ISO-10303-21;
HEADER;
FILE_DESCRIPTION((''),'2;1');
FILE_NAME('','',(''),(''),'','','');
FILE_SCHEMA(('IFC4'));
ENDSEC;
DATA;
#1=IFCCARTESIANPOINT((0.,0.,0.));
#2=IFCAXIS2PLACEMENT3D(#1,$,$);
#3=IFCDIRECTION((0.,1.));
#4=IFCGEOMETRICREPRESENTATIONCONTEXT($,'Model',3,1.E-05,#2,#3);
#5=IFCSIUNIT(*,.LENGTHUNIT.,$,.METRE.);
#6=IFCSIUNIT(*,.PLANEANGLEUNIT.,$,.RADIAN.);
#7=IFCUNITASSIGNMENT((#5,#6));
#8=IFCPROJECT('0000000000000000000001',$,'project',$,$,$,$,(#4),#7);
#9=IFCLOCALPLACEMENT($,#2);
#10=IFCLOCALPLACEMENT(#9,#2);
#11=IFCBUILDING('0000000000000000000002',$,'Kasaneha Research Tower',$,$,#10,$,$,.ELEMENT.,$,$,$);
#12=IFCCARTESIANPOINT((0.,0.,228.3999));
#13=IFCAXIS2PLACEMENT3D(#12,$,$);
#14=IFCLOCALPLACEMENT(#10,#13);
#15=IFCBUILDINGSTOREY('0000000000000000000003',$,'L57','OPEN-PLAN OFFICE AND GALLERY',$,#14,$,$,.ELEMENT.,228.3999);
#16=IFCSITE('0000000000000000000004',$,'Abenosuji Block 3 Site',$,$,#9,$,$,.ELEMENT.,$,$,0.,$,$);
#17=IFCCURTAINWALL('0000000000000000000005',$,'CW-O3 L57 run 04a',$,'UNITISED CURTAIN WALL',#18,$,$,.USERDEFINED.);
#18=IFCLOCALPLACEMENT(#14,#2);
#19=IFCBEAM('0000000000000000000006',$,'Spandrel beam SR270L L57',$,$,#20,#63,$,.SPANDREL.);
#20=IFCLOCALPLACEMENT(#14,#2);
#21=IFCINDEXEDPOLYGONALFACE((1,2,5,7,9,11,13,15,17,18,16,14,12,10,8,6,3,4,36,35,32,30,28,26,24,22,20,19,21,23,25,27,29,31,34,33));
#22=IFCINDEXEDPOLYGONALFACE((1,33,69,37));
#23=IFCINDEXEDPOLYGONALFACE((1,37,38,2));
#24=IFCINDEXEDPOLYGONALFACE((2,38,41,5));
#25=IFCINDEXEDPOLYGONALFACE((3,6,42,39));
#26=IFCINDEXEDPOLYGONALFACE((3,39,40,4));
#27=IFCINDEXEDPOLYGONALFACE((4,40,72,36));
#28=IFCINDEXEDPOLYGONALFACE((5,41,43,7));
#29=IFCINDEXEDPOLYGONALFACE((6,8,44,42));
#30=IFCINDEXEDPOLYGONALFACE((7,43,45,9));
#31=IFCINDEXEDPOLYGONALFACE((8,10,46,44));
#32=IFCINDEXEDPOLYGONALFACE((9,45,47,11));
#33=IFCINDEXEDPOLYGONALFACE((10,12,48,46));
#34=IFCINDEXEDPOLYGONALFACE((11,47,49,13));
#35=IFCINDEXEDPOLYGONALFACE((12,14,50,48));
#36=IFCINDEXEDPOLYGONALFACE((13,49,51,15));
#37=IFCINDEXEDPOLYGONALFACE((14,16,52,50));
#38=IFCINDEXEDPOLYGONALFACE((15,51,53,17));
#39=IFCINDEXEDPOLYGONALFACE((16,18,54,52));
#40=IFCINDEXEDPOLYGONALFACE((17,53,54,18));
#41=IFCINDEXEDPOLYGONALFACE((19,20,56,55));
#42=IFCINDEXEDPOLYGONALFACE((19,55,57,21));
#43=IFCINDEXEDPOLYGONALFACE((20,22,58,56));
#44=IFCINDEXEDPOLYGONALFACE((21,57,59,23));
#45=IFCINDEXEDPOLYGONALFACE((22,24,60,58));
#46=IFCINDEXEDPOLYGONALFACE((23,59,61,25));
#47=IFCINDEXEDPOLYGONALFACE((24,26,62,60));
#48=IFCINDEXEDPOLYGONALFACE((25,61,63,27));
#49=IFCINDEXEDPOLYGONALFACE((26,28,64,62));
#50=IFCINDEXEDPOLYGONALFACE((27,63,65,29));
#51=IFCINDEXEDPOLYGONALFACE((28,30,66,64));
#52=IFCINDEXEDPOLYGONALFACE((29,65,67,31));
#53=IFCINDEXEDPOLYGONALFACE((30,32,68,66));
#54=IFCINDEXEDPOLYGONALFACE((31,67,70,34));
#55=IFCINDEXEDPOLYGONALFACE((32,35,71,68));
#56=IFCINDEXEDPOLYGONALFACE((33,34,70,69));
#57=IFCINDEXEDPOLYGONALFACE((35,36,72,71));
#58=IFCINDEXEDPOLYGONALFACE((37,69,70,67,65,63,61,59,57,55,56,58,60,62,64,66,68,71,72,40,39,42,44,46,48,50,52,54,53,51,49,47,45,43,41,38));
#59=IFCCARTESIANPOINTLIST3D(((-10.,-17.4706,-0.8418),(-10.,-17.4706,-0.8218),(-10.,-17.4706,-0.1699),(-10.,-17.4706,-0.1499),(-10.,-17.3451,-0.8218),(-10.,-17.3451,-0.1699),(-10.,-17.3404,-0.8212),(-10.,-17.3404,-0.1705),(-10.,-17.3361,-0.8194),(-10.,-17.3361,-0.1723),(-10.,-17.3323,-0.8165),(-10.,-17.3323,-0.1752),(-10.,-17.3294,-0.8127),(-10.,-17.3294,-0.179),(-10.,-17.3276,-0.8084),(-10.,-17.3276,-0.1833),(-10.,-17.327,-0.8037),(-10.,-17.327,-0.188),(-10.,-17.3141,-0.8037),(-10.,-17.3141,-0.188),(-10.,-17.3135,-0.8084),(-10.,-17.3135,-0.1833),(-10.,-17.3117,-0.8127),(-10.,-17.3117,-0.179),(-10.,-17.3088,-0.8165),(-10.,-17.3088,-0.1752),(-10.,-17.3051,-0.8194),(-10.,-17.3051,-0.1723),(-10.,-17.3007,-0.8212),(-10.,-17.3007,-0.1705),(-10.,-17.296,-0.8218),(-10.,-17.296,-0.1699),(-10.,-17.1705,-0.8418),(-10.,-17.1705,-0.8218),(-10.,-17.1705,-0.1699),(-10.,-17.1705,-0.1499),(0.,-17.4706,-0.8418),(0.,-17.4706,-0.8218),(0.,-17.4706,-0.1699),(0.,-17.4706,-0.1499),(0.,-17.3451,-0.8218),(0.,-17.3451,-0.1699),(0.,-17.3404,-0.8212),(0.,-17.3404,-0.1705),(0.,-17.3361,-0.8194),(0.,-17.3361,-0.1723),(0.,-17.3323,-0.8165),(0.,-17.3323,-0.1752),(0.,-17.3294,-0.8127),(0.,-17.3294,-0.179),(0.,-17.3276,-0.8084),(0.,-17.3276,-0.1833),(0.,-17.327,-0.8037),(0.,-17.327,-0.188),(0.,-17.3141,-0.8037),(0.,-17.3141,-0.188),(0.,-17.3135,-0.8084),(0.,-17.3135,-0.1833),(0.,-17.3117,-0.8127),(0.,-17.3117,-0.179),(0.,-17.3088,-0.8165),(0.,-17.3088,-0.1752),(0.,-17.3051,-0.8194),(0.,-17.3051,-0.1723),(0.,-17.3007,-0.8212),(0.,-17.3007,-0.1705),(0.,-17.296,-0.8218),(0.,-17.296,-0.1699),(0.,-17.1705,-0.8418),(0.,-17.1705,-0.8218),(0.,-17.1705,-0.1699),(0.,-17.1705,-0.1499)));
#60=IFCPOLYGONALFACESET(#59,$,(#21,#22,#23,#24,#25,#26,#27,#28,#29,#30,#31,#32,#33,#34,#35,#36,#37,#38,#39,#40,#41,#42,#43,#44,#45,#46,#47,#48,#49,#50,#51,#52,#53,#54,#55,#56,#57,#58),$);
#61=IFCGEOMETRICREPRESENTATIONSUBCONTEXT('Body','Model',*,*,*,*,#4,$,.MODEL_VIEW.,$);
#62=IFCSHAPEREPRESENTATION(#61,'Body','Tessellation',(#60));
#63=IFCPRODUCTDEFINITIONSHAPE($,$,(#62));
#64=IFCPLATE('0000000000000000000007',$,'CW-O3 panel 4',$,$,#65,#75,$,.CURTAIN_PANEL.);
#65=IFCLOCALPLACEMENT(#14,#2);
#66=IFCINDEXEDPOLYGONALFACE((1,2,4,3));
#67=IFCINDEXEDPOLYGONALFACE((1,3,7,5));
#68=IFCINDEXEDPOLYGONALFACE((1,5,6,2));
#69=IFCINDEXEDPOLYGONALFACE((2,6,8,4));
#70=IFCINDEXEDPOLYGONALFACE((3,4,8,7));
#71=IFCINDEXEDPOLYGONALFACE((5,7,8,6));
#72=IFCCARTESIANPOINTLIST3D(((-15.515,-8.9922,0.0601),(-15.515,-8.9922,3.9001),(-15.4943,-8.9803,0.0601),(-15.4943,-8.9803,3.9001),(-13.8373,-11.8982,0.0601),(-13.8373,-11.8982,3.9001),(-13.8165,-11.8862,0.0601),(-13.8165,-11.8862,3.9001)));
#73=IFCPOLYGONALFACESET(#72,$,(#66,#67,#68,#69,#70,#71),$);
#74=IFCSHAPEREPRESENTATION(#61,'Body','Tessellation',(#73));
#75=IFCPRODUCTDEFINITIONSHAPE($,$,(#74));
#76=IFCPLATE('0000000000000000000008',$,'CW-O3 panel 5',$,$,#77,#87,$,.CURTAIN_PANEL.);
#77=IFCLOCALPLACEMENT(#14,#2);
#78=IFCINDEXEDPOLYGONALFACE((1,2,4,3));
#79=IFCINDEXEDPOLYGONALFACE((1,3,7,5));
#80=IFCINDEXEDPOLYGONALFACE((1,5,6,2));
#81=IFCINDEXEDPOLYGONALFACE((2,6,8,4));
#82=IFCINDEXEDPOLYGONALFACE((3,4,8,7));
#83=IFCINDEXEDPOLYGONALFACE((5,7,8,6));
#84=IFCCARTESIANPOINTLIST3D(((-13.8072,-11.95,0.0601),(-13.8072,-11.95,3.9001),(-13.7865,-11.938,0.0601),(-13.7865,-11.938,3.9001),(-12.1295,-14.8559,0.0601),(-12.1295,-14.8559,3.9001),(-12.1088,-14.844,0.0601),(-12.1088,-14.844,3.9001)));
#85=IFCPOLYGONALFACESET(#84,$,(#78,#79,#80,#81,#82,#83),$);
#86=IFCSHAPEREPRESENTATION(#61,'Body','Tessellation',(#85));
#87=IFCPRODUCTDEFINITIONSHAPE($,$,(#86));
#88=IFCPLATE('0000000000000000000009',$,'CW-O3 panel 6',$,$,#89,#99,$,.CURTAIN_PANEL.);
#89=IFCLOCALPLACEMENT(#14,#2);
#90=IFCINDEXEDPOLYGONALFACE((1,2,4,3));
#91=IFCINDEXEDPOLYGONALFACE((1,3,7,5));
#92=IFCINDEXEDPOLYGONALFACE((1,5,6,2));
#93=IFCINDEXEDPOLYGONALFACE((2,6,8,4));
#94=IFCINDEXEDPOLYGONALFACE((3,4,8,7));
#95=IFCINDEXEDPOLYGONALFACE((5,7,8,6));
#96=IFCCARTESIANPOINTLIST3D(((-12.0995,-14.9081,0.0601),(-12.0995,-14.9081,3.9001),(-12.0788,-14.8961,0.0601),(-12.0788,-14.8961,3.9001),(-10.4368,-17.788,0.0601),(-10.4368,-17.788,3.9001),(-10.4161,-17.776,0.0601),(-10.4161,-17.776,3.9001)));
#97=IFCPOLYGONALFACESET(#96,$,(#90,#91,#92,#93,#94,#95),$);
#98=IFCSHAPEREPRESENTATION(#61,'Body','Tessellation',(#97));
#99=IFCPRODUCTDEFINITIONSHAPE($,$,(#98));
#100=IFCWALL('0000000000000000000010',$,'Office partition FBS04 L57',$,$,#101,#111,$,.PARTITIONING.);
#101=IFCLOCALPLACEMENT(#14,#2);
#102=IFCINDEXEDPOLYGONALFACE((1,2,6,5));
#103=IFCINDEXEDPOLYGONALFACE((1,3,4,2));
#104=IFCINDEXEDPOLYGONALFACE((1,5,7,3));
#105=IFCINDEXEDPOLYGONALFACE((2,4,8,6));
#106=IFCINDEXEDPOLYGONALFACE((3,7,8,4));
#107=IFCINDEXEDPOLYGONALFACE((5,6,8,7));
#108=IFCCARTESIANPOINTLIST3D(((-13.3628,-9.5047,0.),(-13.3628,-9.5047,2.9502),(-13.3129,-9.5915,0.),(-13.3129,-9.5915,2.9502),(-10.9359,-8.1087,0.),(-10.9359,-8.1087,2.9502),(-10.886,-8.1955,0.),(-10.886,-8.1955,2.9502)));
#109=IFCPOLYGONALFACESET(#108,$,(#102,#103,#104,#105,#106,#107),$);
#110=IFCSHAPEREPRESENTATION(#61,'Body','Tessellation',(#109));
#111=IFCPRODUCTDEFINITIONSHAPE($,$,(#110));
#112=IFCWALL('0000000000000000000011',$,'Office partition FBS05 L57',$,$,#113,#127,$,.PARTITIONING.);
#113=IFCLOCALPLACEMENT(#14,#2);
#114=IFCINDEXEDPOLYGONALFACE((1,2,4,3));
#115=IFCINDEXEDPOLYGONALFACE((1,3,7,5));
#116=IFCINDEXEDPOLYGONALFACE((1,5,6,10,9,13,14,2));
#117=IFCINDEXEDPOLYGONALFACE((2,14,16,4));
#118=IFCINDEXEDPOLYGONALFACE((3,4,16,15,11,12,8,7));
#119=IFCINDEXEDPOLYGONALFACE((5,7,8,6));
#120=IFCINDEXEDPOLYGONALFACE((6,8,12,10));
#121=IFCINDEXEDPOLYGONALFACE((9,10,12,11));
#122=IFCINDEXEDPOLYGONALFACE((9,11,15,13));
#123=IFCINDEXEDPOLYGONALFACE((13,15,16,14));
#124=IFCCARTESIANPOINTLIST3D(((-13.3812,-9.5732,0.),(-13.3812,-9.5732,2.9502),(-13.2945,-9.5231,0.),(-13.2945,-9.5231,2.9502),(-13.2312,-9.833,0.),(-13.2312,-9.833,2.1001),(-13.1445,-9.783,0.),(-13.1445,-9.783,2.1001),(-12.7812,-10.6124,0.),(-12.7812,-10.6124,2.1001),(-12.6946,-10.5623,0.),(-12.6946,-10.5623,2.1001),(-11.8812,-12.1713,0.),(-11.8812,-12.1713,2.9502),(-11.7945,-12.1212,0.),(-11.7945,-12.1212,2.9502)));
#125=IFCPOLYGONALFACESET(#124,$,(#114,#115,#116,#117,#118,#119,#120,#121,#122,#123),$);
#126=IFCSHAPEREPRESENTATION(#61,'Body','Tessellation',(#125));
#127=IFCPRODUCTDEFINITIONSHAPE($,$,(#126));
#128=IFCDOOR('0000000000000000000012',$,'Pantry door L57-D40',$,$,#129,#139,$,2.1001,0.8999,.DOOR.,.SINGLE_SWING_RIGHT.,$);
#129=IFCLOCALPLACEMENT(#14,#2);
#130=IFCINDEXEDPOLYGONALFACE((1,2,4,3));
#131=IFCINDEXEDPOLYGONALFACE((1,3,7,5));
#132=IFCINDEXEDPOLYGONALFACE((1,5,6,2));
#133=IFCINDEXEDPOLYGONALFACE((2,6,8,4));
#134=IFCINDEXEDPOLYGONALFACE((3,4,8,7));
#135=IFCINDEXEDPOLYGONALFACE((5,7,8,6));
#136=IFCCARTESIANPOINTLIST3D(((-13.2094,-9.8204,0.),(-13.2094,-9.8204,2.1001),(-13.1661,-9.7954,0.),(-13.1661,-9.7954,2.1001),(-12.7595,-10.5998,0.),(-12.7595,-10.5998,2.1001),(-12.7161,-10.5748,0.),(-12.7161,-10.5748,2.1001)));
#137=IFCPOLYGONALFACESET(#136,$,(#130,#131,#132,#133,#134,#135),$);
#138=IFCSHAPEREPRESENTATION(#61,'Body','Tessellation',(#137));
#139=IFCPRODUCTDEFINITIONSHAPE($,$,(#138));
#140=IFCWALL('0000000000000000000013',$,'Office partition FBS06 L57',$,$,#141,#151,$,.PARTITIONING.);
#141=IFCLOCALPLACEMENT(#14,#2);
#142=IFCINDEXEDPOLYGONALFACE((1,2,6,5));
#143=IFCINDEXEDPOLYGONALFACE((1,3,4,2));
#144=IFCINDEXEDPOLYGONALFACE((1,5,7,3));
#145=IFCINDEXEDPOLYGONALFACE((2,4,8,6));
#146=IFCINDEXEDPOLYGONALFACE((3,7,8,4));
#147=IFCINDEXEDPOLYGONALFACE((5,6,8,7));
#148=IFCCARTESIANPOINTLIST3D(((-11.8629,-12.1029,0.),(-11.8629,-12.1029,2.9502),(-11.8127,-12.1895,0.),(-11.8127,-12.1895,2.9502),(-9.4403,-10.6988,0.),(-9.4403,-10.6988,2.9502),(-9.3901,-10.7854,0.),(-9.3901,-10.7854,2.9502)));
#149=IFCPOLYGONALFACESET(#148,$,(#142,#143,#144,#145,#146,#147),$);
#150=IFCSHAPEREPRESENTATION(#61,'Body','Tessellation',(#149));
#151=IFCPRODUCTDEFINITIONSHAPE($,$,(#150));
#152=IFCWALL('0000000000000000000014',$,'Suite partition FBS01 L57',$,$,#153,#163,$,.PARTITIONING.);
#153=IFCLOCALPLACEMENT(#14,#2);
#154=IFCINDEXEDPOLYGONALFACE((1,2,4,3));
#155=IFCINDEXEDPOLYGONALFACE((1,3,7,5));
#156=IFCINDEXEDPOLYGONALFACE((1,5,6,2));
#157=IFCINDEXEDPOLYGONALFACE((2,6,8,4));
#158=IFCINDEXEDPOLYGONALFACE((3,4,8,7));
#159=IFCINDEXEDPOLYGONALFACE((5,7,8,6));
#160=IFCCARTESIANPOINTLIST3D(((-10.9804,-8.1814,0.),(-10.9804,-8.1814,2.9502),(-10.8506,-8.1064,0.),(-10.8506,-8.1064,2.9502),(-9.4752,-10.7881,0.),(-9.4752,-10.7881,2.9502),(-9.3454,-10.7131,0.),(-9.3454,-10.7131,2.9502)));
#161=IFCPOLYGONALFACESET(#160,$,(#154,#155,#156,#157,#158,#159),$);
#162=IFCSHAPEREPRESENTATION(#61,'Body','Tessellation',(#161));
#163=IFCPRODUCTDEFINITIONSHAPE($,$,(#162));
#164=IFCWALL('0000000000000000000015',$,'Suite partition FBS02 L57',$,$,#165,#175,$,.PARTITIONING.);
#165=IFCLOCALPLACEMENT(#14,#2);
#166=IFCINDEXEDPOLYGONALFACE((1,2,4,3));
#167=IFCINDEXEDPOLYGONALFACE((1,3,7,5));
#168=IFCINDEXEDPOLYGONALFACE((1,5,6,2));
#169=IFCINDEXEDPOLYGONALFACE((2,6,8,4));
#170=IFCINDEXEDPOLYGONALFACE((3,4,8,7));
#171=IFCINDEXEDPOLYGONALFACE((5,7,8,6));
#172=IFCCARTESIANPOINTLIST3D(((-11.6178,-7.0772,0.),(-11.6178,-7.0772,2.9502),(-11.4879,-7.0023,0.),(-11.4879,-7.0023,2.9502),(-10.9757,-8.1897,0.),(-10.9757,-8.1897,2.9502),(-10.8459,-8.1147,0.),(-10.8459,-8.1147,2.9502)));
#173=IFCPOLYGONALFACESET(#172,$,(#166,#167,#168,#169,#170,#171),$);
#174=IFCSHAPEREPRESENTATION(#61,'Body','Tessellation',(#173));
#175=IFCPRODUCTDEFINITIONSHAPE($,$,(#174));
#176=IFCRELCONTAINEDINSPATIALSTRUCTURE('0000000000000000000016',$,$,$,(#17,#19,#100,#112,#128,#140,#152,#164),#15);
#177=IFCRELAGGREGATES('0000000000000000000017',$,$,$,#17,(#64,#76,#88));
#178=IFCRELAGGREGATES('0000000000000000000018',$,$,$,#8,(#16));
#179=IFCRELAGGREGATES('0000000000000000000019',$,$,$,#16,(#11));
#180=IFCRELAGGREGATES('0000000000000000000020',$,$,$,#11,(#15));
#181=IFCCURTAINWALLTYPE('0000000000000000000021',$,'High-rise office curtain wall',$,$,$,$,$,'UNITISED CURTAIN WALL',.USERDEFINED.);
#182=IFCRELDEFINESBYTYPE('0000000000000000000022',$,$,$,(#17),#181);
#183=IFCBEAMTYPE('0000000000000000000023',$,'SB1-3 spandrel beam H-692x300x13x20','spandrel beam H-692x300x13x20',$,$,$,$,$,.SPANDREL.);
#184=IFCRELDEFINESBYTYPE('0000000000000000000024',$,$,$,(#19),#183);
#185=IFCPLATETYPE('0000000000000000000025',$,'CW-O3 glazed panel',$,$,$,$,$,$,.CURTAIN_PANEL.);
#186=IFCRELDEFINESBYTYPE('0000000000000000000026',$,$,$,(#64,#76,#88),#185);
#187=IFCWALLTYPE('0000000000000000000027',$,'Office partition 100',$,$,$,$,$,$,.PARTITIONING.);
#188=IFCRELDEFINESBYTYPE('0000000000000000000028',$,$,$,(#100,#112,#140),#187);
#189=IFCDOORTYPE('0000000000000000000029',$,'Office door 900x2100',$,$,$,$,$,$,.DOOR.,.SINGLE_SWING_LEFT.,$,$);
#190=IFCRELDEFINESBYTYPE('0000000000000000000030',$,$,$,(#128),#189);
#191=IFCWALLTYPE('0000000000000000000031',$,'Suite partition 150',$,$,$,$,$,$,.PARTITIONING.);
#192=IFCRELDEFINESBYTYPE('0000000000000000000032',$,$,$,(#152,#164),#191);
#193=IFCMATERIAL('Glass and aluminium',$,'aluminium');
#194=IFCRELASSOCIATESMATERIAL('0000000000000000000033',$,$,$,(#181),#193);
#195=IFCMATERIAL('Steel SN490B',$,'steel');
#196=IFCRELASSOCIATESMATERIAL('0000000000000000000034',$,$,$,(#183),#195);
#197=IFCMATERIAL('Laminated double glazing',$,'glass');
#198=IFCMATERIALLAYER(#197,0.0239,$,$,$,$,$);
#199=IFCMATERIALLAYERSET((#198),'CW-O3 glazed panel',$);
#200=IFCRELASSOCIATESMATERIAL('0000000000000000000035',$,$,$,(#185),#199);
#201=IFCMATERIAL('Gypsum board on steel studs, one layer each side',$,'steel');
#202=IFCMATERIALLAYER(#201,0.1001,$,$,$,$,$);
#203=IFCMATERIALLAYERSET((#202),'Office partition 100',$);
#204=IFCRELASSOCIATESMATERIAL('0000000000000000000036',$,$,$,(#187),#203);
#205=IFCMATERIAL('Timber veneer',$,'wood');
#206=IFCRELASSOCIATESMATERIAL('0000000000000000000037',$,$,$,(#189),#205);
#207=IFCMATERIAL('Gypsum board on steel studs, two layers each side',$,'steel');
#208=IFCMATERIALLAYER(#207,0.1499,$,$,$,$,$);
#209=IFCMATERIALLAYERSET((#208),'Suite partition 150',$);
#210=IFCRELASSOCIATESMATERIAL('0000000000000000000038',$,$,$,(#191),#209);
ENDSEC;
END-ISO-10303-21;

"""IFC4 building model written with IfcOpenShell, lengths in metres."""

from ifc_helpers import new_model, si_unit, direction, frame, frame_2d, origin, origin_2d, place, context, subcontext, project, spatial, rectangle, i_section, extrude, material, layer, layer_set, material_profile, profile_set, type_object, element, fill, aggregate, save


model = new_model("IFC4")

# Units and contexts
model_context = context("Model", 3, precision=1e-05, world=origin(), true_north=direction((0.0, 1.0)))
body_context = subcontext(model_context, "Body", "Model", "MODEL_VIEW")
ifc_project = project(units=[si_unit("LENGTHUNIT", "METRE"), si_unit("PLANEANGLEUNIT", "RADIAN")], contexts=[model_context])

# Site, building, storey
site_placement = place(None, origin())
site = spatial("IfcSite", under=ifc_project, at=site_placement, Name="Abenosuji Block 3 Site", CompositionType="ELEMENT", RefElevation=0.0)
building_placement = place(site_placement, origin())
building = spatial("IfcBuilding", under=site, at=building_placement, Name="Kasaneha Research Tower", CompositionType="ELEMENT")
storey_placement = place(building_placement, frame((0.0, 0.0, 228.3999)))
storey = spatial("IfcBuildingStorey", under=building, at=storey_placement, Name="L57", Description="OPEN-PLAN OFFICE AND GALLERY", CompositionType="ELEMENT", Elevation=228.3999)

# Curtain wall
ifc_material_1 = material(Name="Glass and aluminium", Category="aluminium")
curtain_wall_type = type_object("IfcCurtainWallType", Name="High-rise office curtain wall", ElementType="UNITISED CURTAIN WALL", PredefinedType="USERDEFINED", material=ifc_material_1)
curtain_wall_1_placement = place(storey_placement, origin())
curtain_wall_1 = element("IfcCurtainWall", 1, at=curtain_wall_1_placement, inside=storey, type_object=curtain_wall_type, Name="CW-O3 L57 run 04a", ObjectType="UNITISED CURTAIN WALL", PredefinedType="USERDEFINED")

# Beam
ifc_material_2 = material(Name="Steel SN490B", Category="steel")
ifc_material_profile_1 = material_profile(ifc_material_2, i_section(OverallWidth=0.3, OverallDepth=0.6919, WebThickness=0.0129, FlangeThickness=0.02, FilletRadius=0.0181, at=origin_2d()), Name="H-692x300x13x20")
ifc_profile_set_1 = profile_set([ifc_material_profile_1], Name="Steel SN490B")
beam_type_1 = type_object("IfcBeamType", Name="SB1-3 spandrel beam H-692x300x13x20", Description="spandrel beam H-692x300x13x20", PredefinedType="SPANDREL", material=ifc_profile_set_1)
beam_1_placement = place(storey_placement, frame((-10.0, -17.3206, -0.4958), z_axis=(1.0, 0.0, 0.0), x_axis=(0.0, 1.0, 0.0)))
element("IfcBeam", 2, at=beam_1_placement, inside=storey, type_object=beam_type_1, Name="Spandrel beam SR270L L57", PredefinedType="SPANDREL", context=body_context, shape_type="SweptSolid", body=[
    extrude(i_section(OverallWidth=0.3, OverallDepth=0.6919, WebThickness=0.0129, FlangeThickness=0.02, FilletRadius=0.0181, at=origin_2d()), origin(), (0.0, 0.0, 1.0), 10.0),
])

# Plates
ifc_material_3 = material(Name="Laminated double glazing", Category="glass")
ifc_layer_1 = layer(ifc_material_3, 0.0239)
ifc_layer_set_1 = layer_set([ifc_layer_1], Name="CW-O3 glazed panel")
plate_type = type_object("IfcPlateType", Name="CW-O3 glazed panel", PredefinedType="CURTAIN_PANEL", material=ifc_layer_set_1)
plate_1_placement = place(storey_placement, frame((-14.6658, -10.4392, 0.0601), z_axis=(0.0, 0.0, 1.0), x_axis=(0.5, -0.866025, 0.0)))
plate_1 = element("IfcPlate", 3, at=plate_1_placement, type_object=plate_type, Name="CW-O3 panel 4", PredefinedType="CURTAIN_PANEL", context=body_context, shape_type="SweptSolid", body=[
    extrude(rectangle(XDim=3.3555, YDim=0.0239, at=origin_2d()), origin(), (0.0, 0.0, 1.0), 3.8401),
])
plate_2_placement = place(storey_placement, frame((-12.958, -13.397, 0.0601), z_axis=(0.0, 0.0, 1.0), x_axis=(0.5, -0.866025, 0.0)))
plate_2 = element("IfcPlate", 4, at=plate_2_placement, type_object=plate_type, Name="CW-O3 panel 5", PredefinedType="CURTAIN_PANEL", context=body_context, shape_type="SweptSolid", body=[
    extrude(rectangle(XDim=3.3555, YDim=0.0239, at=origin_2d()), origin(), (0.0, 0.0, 1.0), 3.8401),
])
plate_3_placement = place(storey_placement, frame((-11.2578, -16.342, 0.0601), z_axis=(0.0, 0.0, 1.0), x_axis=(0.5, -0.866025, 0.0)))
plate_3 = element("IfcPlate", 5, at=plate_3_placement, type_object=plate_type, Name="CW-O3 panel 6", PredefinedType="CURTAIN_PANEL", context=body_context, shape_type="SweptSolid", body=[
    extrude(rectangle(XDim=3.3254, YDim=0.0239, at=origin_2d()), origin(), (0.0, 0.0, 1.0), 3.8401),
])
aggregate(curtain_wall_1, [plate_1, plate_2, plate_3])

# Wall
ifc_material_4 = material(Name="Gypsum board on steel studs, one layer each side", Category="steel")
ifc_layer_2 = layer(ifc_material_4, 0.1001)
ifc_layer_set_2 = layer_set([ifc_layer_2], Name="Office partition 100")
wall_type_1 = type_object("IfcWallType", Name="Office partition 100", PredefinedType="PARTITIONING", material=ifc_layer_set_2)
wall_1_placement = place(storey_placement, frame((-13.3379, -9.5481, 0.0), z_axis=(0.0, 0.0, 1.0), x_axis=(0.866834, 0.498597, 0.0)))
element("IfcWall", 6, at=wall_1_placement, inside=storey, type_object=wall_type_1, Name="Office partition FBS04 L57", PredefinedType="PARTITIONING", context=body_context, shape_type="SweptSolid", body=[
    extrude(rectangle(XDim=2.7998, YDim=0.1001, at=frame_2d((1.3999, 0.0))), origin(), (0.0, 0.0, 1.0), 2.9502),
])

# Wall, opening, door
wall_2_placement = place(storey_placement, frame((-11.8379, -12.1462, 0.0), z_axis=(0.0, 0.0, 1.0), x_axis=(-0.49999, 0.866031, 0.0)))
wall_2 = element("IfcWall", 7, at=wall_2_placement, inside=storey, type_object=wall_type_1, Name="Office partition FBS05 L57", PredefinedType="PARTITIONING", context=body_context, shape_type="SweptSolid", body=[
    extrude(rectangle(XDim=3.0, YDim=0.1001, at=frame_2d((1.5, 0.0))), origin(), (0.0, 0.0, 1.0), 2.9502),
])
opening_placement = place(wall_2_placement, frame((1.8, 0.0, 0.0)))
opening = element("IfcOpeningElement", 8, at=opening_placement, cuts=wall_2, PredefinedType="OPENING", context=body_context, shape_type="SweptSolid", body=[
    extrude(rectangle(XDim=0.8999, YDim=2.1001, at=frame_2d((0.45, 1.05))), frame((0.0, 0.0601, 0.0), z_axis=(0.0, -1.0, 0.0), x_axis=(1.0, 0.0, 0.0)), (0.0, 0.0, 1.0), 0.1201),
])
ifc_material_5 = material(Name="Timber veneer", Category="wood")
door_type = type_object("IfcDoorType", Name="Office door 900x2100", OperationType="SINGLE_SWING_LEFT", PredefinedType="DOOR", material=ifc_material_5)
door_placement = place(opening_placement, origin())
door = element("IfcDoor", 9, at=door_placement, inside=storey, type_object=door_type, Name="Pantry door L57-D40", OperationType="SINGLE_SWING_RIGHT", OverallHeight=2.1001, OverallWidth=0.8999, PredefinedType="DOOR", context=body_context, shape_type="SweptSolid", body=[
    extrude(rectangle(XDim=0.8999, YDim=2.1001, at=frame_2d((0.45, 1.05))), frame((0.0, 0.0249, 0.0), z_axis=(0.0, -1.0, 0.0), x_axis=(1.0, 0.0, 0.0)), (0.0, 0.0, 1.0), 0.05),
])
fill(opening, door)

# Walls
wall_3_placement = place(storey_placement, frame((-9.4153, -10.7422, 0.0), z_axis=(0.0, 0.0, 1.0), x_axis=(-0.865195, -0.501435, 0.0)))
element("IfcWall", 10, at=wall_3_placement, inside=storey, type_object=wall_type_1, Name="Office partition FBS06 L57", PredefinedType="PARTITIONING", context=body_context, shape_type="SweptSolid", body=[
    extrude(rectangle(XDim=2.8, YDim=0.1001, at=frame_2d((1.3999, 0.0))), origin(), (0.0, 0.0, 1.0), 2.9502),
])
ifc_material_6 = material(Name="Gypsum board on steel studs, two layers each side", Category="steel")
ifc_layer_3 = layer(ifc_material_6, 0.1499)
ifc_layer_set_3 = layer_set([ifc_layer_3], Name="Suite partition 150")
wall_type_2 = type_object("IfcWallType", Name="Suite partition 150", PredefinedType="PARTITIONING", material=ifc_layer_set_3)
wall_4_placement = place(storey_placement, frame((-9.4104, -10.7505, 0.0), z_axis=(0.0, 0.0, 1.0), x_axis=(-0.500038, 0.866003, 0.0)))
element("IfcWall", 11, at=wall_4_placement, inside=storey, type_object=wall_type_2, Name="Suite partition FBS01 L57", PredefinedType="PARTITIONING", context=body_context, shape_type="SweptSolid", body=[
    extrude(rectangle(XDim=3.01, YDim=0.1499, at=frame_2d((1.5049, 0.0))), origin(), (0.0, 0.0, 1.0), 2.9502),
])
wall_5_placement = place(storey_placement, frame((-10.9109, -8.1521, 0.0), z_axis=(0.0, 0.0, 1.0), x_axis=(-0.49986, 0.866106, 0.0)))
element("IfcWall", 12, at=wall_5_placement, inside=storey, type_object=wall_type_2, Name="Suite partition FBS02 L57", PredefinedType="PARTITIONING", context=body_context, shape_type="SweptSolid", body=[
    extrude(rectangle(XDim=1.2844, YDim=0.1499, at=frame_2d((0.6421, 0.0))), origin(), (0.0, 0.0, 1.0), 2.9502),
])

save(model, "model.ifc")
